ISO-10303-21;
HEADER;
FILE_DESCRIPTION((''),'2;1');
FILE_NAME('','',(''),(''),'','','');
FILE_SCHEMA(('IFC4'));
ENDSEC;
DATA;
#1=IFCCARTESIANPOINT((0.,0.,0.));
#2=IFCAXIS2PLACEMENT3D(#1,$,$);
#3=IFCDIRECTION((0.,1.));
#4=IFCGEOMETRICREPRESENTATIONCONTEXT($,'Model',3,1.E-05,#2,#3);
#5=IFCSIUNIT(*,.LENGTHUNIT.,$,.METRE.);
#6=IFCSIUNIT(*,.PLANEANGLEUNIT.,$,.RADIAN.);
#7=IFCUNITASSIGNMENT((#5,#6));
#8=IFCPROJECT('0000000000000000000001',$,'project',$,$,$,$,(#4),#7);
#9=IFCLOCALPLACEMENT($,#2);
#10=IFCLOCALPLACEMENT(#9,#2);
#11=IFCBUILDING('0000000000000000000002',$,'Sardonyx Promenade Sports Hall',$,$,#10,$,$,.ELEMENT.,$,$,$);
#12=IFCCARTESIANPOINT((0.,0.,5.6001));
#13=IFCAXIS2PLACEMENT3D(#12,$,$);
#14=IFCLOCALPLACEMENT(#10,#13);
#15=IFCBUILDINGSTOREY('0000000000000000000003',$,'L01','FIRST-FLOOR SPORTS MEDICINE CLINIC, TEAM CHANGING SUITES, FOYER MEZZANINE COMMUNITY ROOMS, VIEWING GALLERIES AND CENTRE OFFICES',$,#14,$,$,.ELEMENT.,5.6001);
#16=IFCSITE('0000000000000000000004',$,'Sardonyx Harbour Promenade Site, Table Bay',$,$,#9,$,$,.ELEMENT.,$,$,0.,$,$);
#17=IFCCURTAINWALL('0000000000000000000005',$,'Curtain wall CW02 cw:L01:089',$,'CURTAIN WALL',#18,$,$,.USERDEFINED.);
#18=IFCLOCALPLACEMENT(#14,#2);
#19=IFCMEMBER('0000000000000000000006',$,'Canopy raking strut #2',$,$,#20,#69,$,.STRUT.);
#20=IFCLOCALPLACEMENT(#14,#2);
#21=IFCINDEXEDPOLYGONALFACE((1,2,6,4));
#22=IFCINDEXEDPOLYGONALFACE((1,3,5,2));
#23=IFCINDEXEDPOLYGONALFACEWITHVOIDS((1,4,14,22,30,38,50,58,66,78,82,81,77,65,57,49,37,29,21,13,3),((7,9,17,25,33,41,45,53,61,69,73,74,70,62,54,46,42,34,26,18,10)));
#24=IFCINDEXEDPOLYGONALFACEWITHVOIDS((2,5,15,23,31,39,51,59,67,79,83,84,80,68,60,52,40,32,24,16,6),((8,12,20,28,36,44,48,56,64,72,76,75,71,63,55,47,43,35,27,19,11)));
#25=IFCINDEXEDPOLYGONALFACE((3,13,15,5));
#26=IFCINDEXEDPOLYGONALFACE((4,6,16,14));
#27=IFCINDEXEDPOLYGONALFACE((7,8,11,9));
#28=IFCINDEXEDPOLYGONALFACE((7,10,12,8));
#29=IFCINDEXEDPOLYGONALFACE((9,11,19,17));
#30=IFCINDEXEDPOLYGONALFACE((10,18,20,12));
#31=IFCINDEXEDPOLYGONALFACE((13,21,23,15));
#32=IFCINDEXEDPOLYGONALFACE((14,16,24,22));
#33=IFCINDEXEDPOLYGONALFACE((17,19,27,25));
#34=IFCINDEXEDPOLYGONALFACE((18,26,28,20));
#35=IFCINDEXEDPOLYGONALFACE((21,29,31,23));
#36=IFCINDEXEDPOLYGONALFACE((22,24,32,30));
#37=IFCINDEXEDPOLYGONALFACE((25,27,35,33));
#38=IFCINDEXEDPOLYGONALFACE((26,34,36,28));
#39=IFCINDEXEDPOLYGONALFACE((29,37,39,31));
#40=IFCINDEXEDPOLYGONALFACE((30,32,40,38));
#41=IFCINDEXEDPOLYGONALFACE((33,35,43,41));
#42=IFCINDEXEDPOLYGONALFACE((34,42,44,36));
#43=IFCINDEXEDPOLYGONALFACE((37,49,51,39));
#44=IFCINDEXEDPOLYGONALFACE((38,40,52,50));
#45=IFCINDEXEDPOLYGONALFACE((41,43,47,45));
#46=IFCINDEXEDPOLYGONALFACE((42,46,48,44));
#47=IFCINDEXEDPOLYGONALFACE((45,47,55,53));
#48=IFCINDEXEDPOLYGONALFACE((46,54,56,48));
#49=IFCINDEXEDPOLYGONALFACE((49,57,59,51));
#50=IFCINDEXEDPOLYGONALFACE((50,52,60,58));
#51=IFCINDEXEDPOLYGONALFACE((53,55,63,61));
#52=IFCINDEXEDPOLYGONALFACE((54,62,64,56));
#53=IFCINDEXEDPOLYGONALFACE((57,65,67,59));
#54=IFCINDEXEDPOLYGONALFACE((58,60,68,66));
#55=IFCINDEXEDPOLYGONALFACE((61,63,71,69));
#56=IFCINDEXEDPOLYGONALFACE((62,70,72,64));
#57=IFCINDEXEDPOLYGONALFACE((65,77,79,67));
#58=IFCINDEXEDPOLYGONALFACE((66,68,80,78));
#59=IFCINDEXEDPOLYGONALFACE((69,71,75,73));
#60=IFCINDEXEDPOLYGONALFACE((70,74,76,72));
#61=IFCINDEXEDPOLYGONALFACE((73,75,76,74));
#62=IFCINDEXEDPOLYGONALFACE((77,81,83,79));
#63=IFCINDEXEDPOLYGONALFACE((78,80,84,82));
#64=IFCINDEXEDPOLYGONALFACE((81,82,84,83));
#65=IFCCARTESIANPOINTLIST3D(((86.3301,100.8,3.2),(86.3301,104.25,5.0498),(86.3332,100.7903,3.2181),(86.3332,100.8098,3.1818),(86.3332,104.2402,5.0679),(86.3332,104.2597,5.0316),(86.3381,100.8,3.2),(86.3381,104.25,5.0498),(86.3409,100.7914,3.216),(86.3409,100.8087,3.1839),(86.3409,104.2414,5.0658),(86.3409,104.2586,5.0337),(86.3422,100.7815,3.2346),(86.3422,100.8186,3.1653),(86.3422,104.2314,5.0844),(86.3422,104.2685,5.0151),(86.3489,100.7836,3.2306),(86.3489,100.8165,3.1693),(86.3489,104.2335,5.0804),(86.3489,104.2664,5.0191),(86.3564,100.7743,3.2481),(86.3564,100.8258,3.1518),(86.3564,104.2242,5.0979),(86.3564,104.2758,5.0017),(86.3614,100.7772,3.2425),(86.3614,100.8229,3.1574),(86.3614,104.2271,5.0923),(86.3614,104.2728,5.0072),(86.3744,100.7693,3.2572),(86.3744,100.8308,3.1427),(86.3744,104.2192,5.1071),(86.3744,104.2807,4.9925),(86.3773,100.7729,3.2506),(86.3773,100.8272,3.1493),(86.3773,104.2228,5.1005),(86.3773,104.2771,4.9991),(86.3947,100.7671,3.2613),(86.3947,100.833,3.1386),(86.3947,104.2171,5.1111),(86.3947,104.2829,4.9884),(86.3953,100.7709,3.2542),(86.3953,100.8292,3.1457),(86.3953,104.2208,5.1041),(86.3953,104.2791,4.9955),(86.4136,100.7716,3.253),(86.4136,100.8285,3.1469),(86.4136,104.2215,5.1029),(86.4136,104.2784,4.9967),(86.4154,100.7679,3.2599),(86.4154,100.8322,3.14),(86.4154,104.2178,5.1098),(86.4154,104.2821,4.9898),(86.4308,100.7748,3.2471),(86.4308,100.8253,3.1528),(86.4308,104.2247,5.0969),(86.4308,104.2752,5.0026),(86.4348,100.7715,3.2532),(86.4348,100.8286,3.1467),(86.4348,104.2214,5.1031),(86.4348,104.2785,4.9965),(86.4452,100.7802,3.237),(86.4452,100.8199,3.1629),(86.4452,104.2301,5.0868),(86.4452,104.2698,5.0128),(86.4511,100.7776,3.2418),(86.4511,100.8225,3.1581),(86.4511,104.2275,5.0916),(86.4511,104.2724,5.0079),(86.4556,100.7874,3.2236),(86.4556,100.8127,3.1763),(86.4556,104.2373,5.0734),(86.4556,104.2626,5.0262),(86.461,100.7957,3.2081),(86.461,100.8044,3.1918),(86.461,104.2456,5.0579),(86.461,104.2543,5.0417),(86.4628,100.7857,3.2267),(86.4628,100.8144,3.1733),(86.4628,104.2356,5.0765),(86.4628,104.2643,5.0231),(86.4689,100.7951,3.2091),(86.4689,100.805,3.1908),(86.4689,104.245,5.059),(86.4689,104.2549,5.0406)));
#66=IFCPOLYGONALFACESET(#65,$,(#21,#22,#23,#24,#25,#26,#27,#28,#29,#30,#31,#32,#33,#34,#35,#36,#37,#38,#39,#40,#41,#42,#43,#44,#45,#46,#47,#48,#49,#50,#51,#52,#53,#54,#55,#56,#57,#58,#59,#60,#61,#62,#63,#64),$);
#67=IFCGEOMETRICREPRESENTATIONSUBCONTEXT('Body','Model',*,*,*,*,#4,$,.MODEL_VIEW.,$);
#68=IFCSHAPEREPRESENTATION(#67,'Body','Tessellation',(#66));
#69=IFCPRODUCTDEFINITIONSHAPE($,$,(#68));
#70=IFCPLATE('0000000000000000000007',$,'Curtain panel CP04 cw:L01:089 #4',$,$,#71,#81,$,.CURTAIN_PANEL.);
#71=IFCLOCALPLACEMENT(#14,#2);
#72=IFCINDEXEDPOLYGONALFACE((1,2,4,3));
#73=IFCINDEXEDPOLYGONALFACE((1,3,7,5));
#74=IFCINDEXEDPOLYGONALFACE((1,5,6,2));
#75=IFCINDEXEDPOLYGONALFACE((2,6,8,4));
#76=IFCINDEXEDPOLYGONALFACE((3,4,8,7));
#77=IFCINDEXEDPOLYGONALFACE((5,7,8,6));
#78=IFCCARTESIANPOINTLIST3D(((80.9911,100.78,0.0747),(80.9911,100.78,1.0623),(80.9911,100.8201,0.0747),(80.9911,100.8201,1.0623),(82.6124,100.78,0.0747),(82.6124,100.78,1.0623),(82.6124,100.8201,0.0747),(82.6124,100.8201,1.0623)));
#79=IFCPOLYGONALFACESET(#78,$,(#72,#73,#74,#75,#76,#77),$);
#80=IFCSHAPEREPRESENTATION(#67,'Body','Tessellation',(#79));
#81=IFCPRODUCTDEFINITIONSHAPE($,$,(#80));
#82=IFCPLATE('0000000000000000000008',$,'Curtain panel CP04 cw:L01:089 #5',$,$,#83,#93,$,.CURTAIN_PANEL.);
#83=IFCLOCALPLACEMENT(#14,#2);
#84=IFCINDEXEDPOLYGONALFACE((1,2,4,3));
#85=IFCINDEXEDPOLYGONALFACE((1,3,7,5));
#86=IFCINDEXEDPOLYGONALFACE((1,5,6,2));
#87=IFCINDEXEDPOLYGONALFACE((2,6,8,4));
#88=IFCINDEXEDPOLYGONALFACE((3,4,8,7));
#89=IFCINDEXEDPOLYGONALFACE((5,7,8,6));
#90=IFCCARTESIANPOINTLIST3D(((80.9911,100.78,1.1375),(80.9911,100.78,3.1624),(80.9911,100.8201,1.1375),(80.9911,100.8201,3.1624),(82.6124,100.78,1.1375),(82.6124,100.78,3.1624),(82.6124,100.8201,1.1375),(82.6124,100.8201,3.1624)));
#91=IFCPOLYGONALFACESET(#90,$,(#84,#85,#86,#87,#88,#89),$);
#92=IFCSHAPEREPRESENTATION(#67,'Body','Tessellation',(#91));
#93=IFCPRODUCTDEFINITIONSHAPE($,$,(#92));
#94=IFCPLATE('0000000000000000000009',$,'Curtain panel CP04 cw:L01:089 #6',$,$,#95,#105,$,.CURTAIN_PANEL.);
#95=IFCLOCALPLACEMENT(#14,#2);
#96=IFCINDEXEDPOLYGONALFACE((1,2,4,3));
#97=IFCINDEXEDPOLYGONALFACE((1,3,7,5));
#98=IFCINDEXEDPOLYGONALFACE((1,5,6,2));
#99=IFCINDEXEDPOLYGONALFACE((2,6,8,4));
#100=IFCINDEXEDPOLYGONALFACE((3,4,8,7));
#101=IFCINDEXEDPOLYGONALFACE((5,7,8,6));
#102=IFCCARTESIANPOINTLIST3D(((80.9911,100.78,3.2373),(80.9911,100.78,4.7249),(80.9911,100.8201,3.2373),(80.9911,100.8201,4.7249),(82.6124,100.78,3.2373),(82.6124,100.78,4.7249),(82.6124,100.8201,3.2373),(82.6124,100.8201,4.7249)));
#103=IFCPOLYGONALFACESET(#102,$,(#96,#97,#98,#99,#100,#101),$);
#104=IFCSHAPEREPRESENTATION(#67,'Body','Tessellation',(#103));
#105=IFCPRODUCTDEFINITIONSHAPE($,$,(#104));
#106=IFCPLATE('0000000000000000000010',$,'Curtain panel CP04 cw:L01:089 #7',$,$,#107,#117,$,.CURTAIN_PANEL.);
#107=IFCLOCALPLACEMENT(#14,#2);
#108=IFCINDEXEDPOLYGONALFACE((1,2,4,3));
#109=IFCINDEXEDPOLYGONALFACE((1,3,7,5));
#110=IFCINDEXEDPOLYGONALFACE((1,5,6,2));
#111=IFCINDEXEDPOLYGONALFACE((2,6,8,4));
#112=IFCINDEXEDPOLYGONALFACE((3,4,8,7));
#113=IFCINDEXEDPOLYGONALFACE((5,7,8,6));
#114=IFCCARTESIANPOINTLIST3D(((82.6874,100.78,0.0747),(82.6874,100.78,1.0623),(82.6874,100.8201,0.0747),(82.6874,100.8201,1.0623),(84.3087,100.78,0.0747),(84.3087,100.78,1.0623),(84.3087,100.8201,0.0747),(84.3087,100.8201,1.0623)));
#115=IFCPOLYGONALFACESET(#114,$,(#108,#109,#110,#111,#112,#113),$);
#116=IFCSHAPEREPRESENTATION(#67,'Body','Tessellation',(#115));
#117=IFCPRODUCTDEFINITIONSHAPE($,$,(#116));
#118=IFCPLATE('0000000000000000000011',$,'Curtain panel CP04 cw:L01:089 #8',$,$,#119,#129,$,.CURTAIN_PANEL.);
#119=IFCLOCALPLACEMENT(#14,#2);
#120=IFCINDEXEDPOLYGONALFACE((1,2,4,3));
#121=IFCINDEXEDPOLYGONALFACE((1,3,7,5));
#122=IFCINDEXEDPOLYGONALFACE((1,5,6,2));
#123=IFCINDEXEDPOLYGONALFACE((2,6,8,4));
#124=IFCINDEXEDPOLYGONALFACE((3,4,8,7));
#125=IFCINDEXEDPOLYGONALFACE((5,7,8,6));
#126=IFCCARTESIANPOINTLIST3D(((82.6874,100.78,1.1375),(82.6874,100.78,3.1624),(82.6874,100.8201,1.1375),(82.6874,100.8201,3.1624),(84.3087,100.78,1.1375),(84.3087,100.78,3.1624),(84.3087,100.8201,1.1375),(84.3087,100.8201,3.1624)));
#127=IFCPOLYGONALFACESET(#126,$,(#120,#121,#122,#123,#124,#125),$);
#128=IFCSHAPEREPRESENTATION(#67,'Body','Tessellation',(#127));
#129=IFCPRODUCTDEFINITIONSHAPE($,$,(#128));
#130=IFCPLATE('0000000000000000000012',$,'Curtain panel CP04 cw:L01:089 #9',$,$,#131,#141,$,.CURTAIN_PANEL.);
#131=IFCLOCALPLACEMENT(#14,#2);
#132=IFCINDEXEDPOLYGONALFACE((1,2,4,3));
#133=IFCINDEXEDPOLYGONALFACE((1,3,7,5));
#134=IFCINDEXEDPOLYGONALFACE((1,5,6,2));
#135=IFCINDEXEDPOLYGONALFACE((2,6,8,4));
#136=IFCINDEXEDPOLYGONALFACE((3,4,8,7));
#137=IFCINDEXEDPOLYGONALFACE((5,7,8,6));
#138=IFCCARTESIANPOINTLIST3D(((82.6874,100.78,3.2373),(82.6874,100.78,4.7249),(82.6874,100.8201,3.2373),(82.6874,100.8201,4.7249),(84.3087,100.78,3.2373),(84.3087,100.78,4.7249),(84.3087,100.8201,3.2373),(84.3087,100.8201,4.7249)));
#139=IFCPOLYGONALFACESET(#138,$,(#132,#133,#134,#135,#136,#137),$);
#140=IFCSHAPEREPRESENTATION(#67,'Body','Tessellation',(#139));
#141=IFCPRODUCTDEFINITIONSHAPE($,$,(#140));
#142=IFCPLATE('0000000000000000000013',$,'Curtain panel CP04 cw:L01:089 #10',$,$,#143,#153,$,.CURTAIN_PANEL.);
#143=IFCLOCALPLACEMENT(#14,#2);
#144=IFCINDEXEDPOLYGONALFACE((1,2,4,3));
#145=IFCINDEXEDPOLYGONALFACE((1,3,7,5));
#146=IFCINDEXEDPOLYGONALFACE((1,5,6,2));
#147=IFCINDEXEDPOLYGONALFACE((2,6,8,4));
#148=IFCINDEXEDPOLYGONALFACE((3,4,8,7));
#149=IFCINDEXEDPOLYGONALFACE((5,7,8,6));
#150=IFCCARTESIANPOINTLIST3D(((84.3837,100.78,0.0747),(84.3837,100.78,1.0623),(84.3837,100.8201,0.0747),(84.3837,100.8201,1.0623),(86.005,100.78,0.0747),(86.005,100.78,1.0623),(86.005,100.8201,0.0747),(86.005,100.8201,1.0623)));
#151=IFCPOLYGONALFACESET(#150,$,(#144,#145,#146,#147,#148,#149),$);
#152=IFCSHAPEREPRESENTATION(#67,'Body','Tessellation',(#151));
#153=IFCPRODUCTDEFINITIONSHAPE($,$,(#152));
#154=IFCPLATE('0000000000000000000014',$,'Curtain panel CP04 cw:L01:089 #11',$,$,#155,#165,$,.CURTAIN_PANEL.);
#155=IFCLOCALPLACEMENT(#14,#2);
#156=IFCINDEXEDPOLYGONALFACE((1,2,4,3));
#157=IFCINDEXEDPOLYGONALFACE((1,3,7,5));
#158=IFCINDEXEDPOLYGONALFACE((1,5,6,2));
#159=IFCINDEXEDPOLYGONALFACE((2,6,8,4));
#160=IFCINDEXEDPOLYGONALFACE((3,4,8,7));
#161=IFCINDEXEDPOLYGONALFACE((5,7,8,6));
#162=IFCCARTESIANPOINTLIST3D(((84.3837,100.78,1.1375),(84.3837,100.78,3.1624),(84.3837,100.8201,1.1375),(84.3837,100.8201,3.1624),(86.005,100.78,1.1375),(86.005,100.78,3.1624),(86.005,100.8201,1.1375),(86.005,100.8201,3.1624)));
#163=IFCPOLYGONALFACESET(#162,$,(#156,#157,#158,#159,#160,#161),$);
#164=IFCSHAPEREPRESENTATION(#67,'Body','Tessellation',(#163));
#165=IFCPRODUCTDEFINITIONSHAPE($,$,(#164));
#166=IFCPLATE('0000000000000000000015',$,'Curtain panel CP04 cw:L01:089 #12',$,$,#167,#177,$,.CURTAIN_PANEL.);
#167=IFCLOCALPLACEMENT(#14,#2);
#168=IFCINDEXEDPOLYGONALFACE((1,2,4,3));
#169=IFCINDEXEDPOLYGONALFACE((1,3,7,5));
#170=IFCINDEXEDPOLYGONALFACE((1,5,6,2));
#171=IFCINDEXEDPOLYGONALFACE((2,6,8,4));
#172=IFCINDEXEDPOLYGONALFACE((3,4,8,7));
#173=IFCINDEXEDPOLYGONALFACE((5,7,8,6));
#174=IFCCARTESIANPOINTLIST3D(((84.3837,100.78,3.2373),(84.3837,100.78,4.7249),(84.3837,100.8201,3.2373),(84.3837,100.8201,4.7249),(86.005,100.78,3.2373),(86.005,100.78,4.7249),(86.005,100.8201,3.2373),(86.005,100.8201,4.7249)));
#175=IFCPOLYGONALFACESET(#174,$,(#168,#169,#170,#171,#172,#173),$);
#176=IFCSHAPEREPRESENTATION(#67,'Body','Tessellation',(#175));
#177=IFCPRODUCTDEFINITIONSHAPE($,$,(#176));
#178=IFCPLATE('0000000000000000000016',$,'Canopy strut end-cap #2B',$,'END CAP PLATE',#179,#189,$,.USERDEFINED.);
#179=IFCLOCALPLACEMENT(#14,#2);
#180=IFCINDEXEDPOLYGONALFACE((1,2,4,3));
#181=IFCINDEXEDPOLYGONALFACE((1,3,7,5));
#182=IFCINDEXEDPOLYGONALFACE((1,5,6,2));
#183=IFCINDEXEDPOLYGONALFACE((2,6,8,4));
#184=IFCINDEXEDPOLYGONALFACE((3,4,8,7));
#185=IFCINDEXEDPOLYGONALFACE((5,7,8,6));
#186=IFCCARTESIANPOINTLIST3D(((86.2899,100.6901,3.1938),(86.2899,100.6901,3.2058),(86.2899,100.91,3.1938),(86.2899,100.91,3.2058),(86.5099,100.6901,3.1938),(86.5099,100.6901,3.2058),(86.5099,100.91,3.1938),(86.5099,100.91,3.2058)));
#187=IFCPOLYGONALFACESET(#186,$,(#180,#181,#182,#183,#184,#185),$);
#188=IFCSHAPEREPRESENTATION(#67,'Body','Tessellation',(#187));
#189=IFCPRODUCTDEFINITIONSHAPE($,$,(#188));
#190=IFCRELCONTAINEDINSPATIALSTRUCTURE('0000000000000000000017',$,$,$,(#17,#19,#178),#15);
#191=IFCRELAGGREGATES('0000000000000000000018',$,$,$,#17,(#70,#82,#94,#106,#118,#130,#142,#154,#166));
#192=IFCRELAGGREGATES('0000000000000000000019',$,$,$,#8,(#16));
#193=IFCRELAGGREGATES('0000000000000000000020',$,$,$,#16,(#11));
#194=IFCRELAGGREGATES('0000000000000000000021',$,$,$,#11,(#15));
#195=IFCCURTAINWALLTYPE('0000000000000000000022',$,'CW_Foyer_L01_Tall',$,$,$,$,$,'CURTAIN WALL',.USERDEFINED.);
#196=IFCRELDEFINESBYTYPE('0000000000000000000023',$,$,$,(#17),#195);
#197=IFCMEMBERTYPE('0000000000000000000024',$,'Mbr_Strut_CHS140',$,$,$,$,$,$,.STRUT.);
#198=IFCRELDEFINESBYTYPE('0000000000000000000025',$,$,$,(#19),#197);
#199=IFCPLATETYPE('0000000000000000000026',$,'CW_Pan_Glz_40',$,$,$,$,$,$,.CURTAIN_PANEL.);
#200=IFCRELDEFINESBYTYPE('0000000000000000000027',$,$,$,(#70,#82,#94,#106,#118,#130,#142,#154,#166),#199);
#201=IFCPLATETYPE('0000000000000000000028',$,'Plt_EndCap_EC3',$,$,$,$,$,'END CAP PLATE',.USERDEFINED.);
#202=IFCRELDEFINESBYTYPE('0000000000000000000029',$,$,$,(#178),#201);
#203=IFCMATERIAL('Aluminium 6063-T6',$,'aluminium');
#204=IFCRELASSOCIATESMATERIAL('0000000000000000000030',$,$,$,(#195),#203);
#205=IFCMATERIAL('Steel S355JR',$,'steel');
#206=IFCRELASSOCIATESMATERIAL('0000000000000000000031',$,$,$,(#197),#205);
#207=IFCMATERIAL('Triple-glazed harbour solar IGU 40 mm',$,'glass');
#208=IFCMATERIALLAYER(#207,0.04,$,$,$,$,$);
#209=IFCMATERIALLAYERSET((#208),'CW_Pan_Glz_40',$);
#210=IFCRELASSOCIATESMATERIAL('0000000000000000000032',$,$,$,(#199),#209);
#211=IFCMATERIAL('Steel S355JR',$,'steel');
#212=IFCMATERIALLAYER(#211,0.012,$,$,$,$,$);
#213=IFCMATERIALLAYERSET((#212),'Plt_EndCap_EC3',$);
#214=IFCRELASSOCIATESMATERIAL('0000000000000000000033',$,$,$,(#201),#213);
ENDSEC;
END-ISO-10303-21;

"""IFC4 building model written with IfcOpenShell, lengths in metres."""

from ifc_helpers import new_model, si_unit, direction, frame, origin, origin_2d, place, context, subcontext, project, spatial, rectangle, hollow_circle, extrude, material, layer, layer_set, material_profile, profile_set, type_object, element, aggregate, save


model = new_model("IFC4")

# Units and contexts
model_context = context("Model", 3, precision=1e-05, world=origin(), true_north=direction((0.0, 1.0)))
body_context = subcontext(model_context, "Body", "Model", "MODEL_VIEW")
ifc_project = project(units=[si_unit("LENGTHUNIT", "METRE"), si_unit("PLANEANGLEUNIT", "RADIAN")], contexts=[model_context])

# Site, building, storey
site_placement = place(None, origin())
site = spatial("IfcSite", under=ifc_project, at=site_placement, Name="Sardonyx Harbour Promenade Site, Table Bay", CompositionType="ELEMENT", RefElevation=0.0)
building_placement = place(site_placement, origin())
building = spatial("IfcBuilding", under=site, at=building_placement, Name="Sardonyx Promenade Sports Hall", CompositionType="ELEMENT")
storey_placement = place(building_placement, frame((0.0, 0.0, 5.6001)))
storey = spatial("IfcBuildingStorey", under=building, at=storey_placement, Name="L01", Description="FIRST-FLOOR SPORTS MEDICINE CLINIC, TEAM CHANGING SUITES, FOYER MEZZANINE COMMUNITY ROOMS, VIEWING GALLERIES AND CENTRE OFFICES", CompositionType="ELEMENT", Elevation=5.6001)

# Curtain wall
ifc_material_1 = material(Name="Aluminium 6063-T6", Category="aluminium")
curtain_wall_type = type_object("IfcCurtainWallType", Name="CW_Foyer_L01_Tall", ElementType="CURTAIN WALL", PredefinedType="USERDEFINED", material=ifc_material_1)
curtain_wall_1_placement = place(storey_placement, origin())
curtain_wall_1 = element("IfcCurtainWall", 1, at=curtain_wall_1_placement, inside=storey, type_object=curtain_wall_type, Name="Curtain wall CW02 cw:L01:089", ObjectType="CURTAIN WALL", PredefinedType="USERDEFINED")

# Member
ifc_material_2 = material(Name="Steel S355JR", Category="steel")
ifc_material_profile_1 = material_profile(ifc_material_2, hollow_circle(Radius=0.0698, WallThickness=0.0081, at=origin_2d()))
ifc_profile_set_1 = profile_set([ifc_material_profile_1], Name="Steel S355JR")
member_type_1 = type_object("IfcMemberType", Name="Mbr_Strut_CHS140", PredefinedType="STRUT", material=ifc_profile_set_1)
member_1_placement = place(storey_placement, frame((86.3999, 100.8, 3.2), z_axis=(0.0, 0.881303, 0.472552), x_axis=(-1.0, 0.0, 0.0)))
element("IfcMember", 2, at=member_1_placement, inside=storey, type_object=member_type_1, Name="Canopy raking strut #2", PredefinedType="STRUT", context=body_context, shape_type="SweptSolid", body=[
    extrude(hollow_circle(Radius=0.0698, WallThickness=0.0081, at=origin_2d()), origin(), (0.0, 0.0, 1.0), 3.9146),
])

# Plates
ifc_material_3 = material(Name="Triple-glazed harbour solar IGU 40 mm", Category="glass")
ifc_layer_1 = layer(ifc_material_3, 0.04)
ifc_layer_set_1 = layer_set([ifc_layer_1], Name="CW_Pan_Glz_40")
plate_type_1 = type_object("IfcPlateType", Name="CW_Pan_Glz_40", PredefinedType="CURTAIN_PANEL", material=ifc_layer_set_1)
plate_1_placement = place(storey_placement, frame((81.8018, 100.8, 0.0747), z_axis=(0.0, 0.0, 1.0), x_axis=(1.0, 0.0, 0.0)))
plate_1 = element("IfcPlate", 3, at=plate_1_placement, type_object=plate_type_1, Name="Curtain panel CP04 cw:L01:089 #4", PredefinedType="CURTAIN_PANEL", context=body_context, shape_type="SweptSolid", body=[
    extrude(rectangle(XDim=1.6213, YDim=0.04, at=origin_2d()), origin(), (0.0, 0.0, 1.0), 0.9875),
])
plate_2_placement = place(storey_placement, frame((81.8018, 100.8, 1.1375), z_axis=(0.0, 0.0, 1.0), x_axis=(1.0, 0.0, 0.0)))
plate_2 = element("IfcPlate", 4, at=plate_2_placement, type_object=plate_type_1, Name="Curtain panel CP04 cw:L01:089 #5", PredefinedType="CURTAIN_PANEL", context=body_context, shape_type="SweptSolid", body=[
    extrude(rectangle(XDim=1.6213, YDim=0.04, at=origin_2d()), origin(), (0.0, 0.0, 1.0), 2.0249),
])
plate_3_placement = place(storey_placement, frame((81.8018, 100.8, 3.2373), z_axis=(0.0, 0.0, 1.0), x_axis=(1.0, 0.0, 0.0)))
plate_3 = element("IfcPlate", 5, at=plate_3_placement, type_object=plate_type_1, Name="Curtain panel CP04 cw:L01:089 #6", PredefinedType="CURTAIN_PANEL", context=body_context, shape_type="SweptSolid", body=[
    extrude(rectangle(XDim=1.6213, YDim=0.04, at=origin_2d()), origin(), (0.0, 0.0, 1.0), 1.4875),
])
plate_4_placement = place(storey_placement, frame((83.498, 100.8, 0.0747), z_axis=(0.0, 0.0, 1.0), x_axis=(1.0, 0.0, 0.0)))
plate_4 = element("IfcPlate", 6, at=plate_4_placement, type_object=plate_type_1, Name="Curtain panel CP04 cw:L01:089 #7", PredefinedType="CURTAIN_PANEL", context=body_context, shape_type="SweptSolid", body=[
    extrude(rectangle(XDim=1.6213, YDim=0.04, at=origin_2d()), origin(), (0.0, 0.0, 1.0), 0.9875),
])
plate_5_placement = place(storey_placement, frame((83.498, 100.8, 1.1375), z_axis=(0.0, 0.0, 1.0), x_axis=(1.0, 0.0, 0.0)))
plate_5 = element("IfcPlate", 7, at=plate_5_placement, type_object=plate_type_1, Name="Curtain panel CP04 cw:L01:089 #8", PredefinedType="CURTAIN_PANEL", context=body_context, shape_type="SweptSolid", body=[
    extrude(rectangle(XDim=1.6213, YDim=0.04, at=origin_2d()), origin(), (0.0, 0.0, 1.0), 2.0249),
])
plate_6_placement = place(storey_placement, frame((83.498, 100.8, 3.2373), z_axis=(0.0, 0.0, 1.0), x_axis=(1.0, 0.0, 0.0)))
plate_6 = element("IfcPlate", 8, at=plate_6_placement, type_object=plate_type_1, Name="Curtain panel CP04 cw:L01:089 #9", PredefinedType="CURTAIN_PANEL", context=body_context, shape_type="SweptSolid", body=[
    extrude(rectangle(XDim=1.6213, YDim=0.04, at=origin_2d()), origin(), (0.0, 0.0, 1.0), 1.4875),
])
plate_7_placement = place(storey_placement, frame((85.1943, 100.8, 0.0747), z_axis=(0.0, 0.0, 1.0), x_axis=(1.0, 0.0, 0.0)))
plate_7 = element("IfcPlate", 9, at=plate_7_placement, type_object=plate_type_1, Name="Curtain panel CP04 cw:L01:089 #10", PredefinedType="CURTAIN_PANEL", context=body_context, shape_type="SweptSolid", body=[
    extrude(rectangle(XDim=1.6213, YDim=0.04, at=origin_2d()), origin(), (0.0, 0.0, 1.0), 0.9875),
])
plate_8_placement = place(storey_placement, frame((85.1943, 100.8, 1.1375), z_axis=(0.0, 0.0, 1.0), x_axis=(1.0, 0.0, 0.0)))
plate_8 = element("IfcPlate", 10, at=plate_8_placement, type_object=plate_type_1, Name="Curtain panel CP04 cw:L01:089 #11", PredefinedType="CURTAIN_PANEL", context=body_context, shape_type="SweptSolid", body=[
    extrude(rectangle(XDim=1.6213, YDim=0.04, at=origin_2d()), origin(), (0.0, 0.0, 1.0), 2.0249),
])
plate_9_placement = place(storey_placement, frame((85.1943, 100.8, 3.2373), z_axis=(0.0, 0.0, 1.0), x_axis=(1.0, 0.0, 0.0)))
plate_9 = element("IfcPlate", 11, at=plate_9_placement, type_object=plate_type_1, Name="Curtain panel CP04 cw:L01:089 #12", PredefinedType="CURTAIN_PANEL", context=body_context, shape_type="SweptSolid", body=[
    extrude(rectangle(XDim=1.6213, YDim=0.04, at=origin_2d()), origin(), (0.0, 0.0, 1.0), 1.4875),
])
aggregate(curtain_wall_1, [plate_1, plate_2, plate_3, plate_4, plate_5, plate_6, plate_7, plate_8, plate_9])
ifc_material_4 = material(Name="Steel S355JR", Category="steel")
ifc_layer_2 = layer(ifc_material_4, 0.012)
ifc_layer_set_2 = layer_set([ifc_layer_2], Name="Plt_EndCap_EC3")
plate_type_2 = type_object("IfcPlateType", Name="Plt_EndCap_EC3", ElementType="END CAP PLATE", PredefinedType="USERDEFINED", material=ifc_layer_set_2)
plate_10_placement = place(storey_placement, frame((86.3999, 100.8, 3.1938), z_axis=(0.0, 0.0, 1.0), x_axis=(1.0, 0.0, 0.0)))
element("IfcPlate", 12, at=plate_10_placement, inside=storey, type_object=plate_type_2, Name="Canopy strut end-cap #2B", ObjectType="END CAP PLATE", PredefinedType="USERDEFINED", context=body_context, shape_type="SweptSolid", body=[
    extrude(rectangle(XDim=0.22, YDim=0.22, at=origin_2d()), origin(), (0.0, 0.0, 1.0), 0.012),
])

save(model, "model.ifc")
